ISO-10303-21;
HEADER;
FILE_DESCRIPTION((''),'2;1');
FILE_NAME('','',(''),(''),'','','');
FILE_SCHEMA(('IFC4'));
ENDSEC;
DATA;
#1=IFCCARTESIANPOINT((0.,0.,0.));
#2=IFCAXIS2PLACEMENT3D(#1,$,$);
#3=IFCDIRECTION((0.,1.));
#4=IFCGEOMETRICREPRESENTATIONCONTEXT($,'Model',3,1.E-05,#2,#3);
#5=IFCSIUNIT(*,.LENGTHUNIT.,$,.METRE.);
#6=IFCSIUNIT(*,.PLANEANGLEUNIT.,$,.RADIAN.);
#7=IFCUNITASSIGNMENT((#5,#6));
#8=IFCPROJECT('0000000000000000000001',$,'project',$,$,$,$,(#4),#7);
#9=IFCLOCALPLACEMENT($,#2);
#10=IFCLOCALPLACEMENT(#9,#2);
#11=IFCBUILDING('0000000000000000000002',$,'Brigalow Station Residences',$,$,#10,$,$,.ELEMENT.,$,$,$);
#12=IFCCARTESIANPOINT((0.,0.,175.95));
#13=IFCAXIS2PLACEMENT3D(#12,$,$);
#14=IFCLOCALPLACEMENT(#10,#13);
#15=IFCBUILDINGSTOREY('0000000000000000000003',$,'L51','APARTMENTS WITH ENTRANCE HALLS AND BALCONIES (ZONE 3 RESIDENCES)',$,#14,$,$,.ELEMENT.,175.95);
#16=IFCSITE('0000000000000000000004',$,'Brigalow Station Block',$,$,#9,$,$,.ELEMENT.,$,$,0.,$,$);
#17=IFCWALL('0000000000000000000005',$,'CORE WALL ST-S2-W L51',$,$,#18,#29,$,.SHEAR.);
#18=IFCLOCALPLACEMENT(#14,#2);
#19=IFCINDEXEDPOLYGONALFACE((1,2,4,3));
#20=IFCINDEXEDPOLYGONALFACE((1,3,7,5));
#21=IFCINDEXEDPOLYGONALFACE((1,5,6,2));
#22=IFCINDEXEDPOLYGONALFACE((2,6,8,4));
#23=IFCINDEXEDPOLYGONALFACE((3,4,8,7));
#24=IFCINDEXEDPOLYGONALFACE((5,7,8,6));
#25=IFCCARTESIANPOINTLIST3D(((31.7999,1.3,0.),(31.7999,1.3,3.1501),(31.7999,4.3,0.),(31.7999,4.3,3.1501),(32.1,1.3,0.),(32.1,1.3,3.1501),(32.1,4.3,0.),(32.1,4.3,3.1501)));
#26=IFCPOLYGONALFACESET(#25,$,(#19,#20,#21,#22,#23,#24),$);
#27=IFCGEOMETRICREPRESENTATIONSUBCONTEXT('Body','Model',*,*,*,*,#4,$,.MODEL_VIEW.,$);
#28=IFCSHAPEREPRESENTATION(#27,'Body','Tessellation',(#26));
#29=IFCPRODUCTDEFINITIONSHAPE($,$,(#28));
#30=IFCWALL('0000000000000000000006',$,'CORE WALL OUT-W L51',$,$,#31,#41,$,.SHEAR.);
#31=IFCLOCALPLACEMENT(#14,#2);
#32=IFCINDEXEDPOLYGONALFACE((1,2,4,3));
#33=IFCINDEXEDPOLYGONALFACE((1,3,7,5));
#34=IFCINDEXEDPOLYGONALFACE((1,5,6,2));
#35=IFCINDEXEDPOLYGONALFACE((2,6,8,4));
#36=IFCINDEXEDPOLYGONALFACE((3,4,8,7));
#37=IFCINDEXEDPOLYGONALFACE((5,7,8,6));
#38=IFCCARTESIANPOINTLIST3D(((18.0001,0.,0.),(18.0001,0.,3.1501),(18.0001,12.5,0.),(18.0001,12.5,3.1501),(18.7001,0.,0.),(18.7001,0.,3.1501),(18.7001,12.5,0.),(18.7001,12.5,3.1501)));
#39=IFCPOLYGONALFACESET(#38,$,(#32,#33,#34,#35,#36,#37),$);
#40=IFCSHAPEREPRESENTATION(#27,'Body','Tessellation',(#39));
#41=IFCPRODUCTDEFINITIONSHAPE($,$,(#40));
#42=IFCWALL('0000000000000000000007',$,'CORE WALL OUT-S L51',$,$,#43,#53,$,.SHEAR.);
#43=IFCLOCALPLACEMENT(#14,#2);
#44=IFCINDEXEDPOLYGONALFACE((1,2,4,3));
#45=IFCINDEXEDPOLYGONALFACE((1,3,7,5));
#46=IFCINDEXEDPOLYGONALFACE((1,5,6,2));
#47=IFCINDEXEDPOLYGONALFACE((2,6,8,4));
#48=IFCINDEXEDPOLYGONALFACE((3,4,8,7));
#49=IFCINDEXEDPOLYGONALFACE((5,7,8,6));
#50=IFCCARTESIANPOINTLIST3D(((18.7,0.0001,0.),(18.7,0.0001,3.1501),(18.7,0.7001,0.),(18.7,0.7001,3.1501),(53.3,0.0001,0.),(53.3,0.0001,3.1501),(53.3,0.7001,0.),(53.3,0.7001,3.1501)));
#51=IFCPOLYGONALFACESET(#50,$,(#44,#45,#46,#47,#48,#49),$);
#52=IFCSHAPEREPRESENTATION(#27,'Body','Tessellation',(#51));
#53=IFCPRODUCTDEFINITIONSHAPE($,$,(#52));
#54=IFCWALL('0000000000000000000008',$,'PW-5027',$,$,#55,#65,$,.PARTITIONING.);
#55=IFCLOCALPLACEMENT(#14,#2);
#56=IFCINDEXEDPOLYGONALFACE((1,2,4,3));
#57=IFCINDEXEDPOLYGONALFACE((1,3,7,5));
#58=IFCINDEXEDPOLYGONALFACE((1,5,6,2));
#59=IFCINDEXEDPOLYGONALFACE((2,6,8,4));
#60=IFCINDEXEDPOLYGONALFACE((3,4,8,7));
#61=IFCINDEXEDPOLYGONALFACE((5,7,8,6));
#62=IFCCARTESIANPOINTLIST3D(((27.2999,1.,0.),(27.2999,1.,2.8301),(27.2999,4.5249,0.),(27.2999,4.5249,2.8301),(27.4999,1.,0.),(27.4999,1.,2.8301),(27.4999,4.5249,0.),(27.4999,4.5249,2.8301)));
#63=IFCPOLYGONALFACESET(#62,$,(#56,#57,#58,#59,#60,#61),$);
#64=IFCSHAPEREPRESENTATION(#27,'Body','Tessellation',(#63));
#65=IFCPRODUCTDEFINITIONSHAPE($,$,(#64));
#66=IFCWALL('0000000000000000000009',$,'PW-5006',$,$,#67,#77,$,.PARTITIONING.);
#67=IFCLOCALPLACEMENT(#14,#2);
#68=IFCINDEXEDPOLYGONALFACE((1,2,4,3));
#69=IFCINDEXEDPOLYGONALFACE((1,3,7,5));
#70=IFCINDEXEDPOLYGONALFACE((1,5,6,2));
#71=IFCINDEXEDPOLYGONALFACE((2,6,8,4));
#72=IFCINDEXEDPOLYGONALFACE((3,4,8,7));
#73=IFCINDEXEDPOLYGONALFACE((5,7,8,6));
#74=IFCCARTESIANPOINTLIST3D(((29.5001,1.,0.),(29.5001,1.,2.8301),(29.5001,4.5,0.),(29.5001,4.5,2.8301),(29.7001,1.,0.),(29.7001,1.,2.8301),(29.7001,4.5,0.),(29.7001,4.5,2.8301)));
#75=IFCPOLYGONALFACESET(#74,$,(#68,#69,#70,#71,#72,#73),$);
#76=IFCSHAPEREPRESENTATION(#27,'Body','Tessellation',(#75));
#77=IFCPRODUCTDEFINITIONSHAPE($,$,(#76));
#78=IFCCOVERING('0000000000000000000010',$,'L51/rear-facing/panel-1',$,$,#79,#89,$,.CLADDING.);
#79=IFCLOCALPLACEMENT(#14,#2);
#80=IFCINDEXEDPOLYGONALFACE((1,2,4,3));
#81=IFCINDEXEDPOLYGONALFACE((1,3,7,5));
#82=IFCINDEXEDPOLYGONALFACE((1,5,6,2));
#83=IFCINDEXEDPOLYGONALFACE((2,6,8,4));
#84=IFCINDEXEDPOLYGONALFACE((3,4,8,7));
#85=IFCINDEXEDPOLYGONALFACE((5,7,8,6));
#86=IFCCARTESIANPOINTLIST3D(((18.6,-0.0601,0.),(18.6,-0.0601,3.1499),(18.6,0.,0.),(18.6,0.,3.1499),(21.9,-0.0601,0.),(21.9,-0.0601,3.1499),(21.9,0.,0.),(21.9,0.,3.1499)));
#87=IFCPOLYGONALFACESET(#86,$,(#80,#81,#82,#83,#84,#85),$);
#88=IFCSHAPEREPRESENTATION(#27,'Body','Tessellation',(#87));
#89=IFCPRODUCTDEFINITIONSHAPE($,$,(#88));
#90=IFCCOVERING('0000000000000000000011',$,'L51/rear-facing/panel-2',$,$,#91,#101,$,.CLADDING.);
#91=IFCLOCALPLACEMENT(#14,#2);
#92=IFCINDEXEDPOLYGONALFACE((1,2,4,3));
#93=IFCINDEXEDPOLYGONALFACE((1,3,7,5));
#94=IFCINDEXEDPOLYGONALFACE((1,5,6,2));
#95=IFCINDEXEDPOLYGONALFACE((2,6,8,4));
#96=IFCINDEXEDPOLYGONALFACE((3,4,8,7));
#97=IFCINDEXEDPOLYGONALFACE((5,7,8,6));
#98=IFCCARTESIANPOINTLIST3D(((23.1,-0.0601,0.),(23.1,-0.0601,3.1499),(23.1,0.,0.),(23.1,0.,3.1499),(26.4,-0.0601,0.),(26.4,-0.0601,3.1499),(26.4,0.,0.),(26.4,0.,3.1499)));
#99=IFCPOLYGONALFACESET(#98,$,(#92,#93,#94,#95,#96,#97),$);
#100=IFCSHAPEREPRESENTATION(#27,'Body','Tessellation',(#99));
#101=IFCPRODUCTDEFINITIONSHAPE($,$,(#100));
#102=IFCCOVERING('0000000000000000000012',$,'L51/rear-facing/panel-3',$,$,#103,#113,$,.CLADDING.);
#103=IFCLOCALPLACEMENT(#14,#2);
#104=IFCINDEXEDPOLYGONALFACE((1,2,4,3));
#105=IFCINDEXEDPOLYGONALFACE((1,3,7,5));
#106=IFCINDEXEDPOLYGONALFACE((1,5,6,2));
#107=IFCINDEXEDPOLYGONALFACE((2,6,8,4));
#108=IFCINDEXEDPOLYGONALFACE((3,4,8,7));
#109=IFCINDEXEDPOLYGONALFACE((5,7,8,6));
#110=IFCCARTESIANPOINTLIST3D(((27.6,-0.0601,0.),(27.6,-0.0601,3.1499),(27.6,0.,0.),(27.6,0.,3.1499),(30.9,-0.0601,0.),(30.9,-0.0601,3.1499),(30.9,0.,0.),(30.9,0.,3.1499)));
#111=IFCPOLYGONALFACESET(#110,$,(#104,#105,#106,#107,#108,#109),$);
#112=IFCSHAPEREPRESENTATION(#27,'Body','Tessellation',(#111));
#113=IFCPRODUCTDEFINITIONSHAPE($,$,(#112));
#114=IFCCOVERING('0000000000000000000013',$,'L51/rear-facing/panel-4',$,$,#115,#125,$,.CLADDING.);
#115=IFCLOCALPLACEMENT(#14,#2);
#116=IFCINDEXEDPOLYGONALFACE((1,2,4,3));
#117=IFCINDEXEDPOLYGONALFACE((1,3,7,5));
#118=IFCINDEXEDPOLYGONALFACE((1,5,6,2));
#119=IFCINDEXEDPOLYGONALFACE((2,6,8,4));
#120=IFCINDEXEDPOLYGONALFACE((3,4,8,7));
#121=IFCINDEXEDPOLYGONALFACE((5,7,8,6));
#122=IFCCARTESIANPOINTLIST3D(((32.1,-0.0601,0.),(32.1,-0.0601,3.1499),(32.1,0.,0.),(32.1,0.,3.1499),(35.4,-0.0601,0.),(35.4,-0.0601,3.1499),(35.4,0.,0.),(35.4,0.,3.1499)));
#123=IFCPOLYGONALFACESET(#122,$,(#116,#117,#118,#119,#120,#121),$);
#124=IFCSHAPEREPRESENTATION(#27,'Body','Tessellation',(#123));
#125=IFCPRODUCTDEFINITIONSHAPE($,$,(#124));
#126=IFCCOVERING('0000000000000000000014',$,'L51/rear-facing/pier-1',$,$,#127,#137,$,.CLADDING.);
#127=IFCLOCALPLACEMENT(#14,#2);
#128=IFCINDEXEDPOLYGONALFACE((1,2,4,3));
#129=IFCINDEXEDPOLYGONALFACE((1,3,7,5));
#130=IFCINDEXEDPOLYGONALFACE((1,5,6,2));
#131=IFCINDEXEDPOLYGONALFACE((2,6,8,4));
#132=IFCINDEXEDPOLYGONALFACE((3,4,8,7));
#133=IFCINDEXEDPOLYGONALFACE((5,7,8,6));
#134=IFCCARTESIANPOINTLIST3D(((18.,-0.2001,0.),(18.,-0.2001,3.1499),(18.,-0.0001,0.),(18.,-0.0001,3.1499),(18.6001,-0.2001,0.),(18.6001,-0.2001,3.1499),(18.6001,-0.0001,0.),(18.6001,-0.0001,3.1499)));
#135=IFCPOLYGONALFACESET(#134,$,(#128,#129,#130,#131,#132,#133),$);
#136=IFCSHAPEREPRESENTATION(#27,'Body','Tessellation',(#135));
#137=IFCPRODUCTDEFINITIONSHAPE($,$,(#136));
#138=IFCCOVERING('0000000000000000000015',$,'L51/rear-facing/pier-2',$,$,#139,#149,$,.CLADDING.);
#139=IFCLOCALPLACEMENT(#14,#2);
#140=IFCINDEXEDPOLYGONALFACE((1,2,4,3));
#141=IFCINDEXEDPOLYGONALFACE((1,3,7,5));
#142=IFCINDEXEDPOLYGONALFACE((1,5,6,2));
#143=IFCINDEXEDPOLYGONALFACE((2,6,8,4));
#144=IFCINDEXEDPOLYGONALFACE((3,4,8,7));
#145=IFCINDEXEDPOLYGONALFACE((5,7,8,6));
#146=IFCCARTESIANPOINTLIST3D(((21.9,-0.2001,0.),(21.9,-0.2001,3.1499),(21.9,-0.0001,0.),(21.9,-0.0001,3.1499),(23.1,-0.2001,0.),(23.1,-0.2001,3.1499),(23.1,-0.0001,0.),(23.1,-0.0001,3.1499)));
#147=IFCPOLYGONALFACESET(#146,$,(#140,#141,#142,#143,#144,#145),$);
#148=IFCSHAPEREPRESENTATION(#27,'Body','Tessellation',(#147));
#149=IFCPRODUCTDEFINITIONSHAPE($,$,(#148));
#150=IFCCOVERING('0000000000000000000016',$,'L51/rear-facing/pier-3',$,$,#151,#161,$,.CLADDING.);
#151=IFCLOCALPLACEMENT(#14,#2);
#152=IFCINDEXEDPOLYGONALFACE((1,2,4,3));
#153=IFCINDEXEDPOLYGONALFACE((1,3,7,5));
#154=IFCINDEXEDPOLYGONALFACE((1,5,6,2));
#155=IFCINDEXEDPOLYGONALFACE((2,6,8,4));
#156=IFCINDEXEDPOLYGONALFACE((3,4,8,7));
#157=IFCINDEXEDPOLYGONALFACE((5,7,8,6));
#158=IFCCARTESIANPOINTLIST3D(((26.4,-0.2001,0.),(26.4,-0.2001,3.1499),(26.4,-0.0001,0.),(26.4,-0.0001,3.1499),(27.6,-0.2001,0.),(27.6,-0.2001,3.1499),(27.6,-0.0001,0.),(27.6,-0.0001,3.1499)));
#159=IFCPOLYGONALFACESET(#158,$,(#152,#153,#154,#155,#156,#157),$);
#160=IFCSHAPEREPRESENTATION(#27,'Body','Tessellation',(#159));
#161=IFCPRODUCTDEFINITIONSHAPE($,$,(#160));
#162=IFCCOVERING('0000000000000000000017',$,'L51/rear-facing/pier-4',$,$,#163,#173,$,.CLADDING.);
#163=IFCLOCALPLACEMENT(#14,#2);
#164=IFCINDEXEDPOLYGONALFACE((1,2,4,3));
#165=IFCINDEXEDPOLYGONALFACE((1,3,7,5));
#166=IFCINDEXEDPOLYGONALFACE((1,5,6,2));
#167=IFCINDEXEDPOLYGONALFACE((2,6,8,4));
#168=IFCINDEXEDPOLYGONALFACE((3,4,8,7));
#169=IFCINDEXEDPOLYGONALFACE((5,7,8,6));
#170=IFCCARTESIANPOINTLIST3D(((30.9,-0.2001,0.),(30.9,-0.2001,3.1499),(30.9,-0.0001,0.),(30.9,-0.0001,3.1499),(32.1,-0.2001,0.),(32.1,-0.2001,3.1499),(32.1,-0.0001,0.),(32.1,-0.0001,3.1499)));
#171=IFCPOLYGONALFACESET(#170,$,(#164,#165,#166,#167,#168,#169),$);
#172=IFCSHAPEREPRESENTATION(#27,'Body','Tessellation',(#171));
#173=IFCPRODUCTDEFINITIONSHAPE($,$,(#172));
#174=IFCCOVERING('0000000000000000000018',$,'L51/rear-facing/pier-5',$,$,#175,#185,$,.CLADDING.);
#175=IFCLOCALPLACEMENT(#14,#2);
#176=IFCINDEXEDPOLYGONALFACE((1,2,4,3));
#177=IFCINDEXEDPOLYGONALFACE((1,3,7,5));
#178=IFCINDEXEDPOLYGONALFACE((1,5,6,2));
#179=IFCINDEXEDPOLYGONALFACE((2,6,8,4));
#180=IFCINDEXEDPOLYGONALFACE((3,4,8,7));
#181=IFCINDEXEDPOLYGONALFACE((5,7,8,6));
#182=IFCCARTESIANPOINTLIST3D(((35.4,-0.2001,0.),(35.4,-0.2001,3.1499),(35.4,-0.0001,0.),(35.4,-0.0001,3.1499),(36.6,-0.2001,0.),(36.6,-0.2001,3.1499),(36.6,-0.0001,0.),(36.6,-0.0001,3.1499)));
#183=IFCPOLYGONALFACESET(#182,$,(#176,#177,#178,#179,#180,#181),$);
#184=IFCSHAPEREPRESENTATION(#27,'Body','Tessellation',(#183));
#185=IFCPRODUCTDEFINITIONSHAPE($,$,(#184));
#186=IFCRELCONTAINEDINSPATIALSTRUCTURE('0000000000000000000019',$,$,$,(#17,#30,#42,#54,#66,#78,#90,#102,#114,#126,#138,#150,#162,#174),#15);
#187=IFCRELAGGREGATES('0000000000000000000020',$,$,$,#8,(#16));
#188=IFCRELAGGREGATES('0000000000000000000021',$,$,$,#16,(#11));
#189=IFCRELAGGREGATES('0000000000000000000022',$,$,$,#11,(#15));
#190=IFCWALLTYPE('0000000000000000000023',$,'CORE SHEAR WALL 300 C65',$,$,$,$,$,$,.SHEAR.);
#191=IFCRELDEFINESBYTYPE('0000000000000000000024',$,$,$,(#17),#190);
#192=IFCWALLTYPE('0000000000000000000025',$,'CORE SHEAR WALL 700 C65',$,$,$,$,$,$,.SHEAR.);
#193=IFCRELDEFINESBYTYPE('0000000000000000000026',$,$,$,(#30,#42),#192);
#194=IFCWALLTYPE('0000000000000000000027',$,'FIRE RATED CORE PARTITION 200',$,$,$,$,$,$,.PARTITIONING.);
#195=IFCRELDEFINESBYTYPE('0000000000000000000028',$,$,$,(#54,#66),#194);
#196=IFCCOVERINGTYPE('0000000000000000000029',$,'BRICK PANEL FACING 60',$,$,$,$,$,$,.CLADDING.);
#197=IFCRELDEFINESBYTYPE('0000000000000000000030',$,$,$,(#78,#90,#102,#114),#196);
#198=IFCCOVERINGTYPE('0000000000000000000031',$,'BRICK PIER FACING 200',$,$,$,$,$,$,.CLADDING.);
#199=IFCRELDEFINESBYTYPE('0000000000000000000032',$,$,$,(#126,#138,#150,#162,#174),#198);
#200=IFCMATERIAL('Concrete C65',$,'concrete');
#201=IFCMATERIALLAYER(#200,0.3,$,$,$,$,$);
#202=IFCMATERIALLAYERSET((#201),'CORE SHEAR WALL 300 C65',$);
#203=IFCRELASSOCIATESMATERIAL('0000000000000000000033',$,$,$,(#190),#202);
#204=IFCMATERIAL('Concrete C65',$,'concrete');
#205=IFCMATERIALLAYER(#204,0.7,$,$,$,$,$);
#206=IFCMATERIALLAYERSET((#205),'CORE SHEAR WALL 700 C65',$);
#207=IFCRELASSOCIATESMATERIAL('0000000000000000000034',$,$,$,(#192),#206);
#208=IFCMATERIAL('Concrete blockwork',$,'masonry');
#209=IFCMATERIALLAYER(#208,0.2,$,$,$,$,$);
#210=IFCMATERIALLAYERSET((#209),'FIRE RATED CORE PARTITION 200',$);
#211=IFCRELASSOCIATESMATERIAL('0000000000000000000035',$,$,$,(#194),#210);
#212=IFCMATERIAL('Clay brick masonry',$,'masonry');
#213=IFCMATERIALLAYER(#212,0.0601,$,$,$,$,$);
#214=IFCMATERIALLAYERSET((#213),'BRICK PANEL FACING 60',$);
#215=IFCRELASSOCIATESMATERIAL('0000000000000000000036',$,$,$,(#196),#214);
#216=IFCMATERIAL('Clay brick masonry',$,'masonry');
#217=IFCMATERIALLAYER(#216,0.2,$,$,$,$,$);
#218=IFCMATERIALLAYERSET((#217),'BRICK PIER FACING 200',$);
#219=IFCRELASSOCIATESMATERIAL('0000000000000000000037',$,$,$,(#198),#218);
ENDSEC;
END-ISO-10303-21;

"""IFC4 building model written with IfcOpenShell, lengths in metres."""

from ifc_helpers import new_model, si_unit, direction, frame, frame_2d, origin, origin_2d, place, context, subcontext, project, spatial, rectangle, extrude, material, layer, layer_set, type_object, element, save


model = new_model("IFC4")

# Units and contexts
model_context = context("Model", 3, precision=1e-05, world=origin(), true_north=direction((0.0, 1.0)))
body_context = subcontext(model_context, "Body", "Model", "MODEL_VIEW")
ifc_project = project(units=[si_unit("LENGTHUNIT", "METRE"), si_unit("PLANEANGLEUNIT", "RADIAN")], contexts=[model_context])

# Site, building, storey
site_placement = place(None, origin())
site = spatial("IfcSite", under=ifc_project, at=site_placement, Name="Brigalow Station Block", CompositionType="ELEMENT", RefElevation=0.0)
building_placement = place(site_placement, origin())
building = spatial("IfcBuilding", under=site, at=building_placement, Name="Brigalow Station Residences", CompositionType="ELEMENT")
storey_placement = place(building_placement, frame((0.0, 0.0, 175.95)))
storey = spatial("IfcBuildingStorey", under=building, at=storey_placement, Name="L51", Description="APARTMENTS WITH ENTRANCE HALLS AND BALCONIES (ZONE 3 RESIDENCES)", CompositionType="ELEMENT", Elevation=175.95)

# Shared definitions
ifc_material_1 = material(Name="Concrete C65", Category="concrete")
ifc_layer_1 = layer(ifc_material_1, 0.3)
ifc_layer_set_1 = layer_set([ifc_layer_1], Name="CORE SHEAR WALL 300 C65")
wall_type_1 = type_object("IfcWallType", Name="CORE SHEAR WALL 300 C65", PredefinedType="SHEAR", material=ifc_layer_set_1)

# Walls
wall_1_placement = place(storey_placement, frame((31.95, 1.3, 0.0), z_axis=(0.0, 0.0, 1.0), x_axis=(0.0, 1.0, 0.0)))
element("IfcWall", 1, at=wall_1_placement, inside=storey, type_object=wall_type_1, Name="CORE WALL ST-S2-W L51", PredefinedType="SHEAR", context=body_context, shape_type="SweptSolid", body=[
    extrude(rectangle(XDim=3.0, YDim=0.3, at=frame_2d((1.5, 0.0))), origin(), (0.0, 0.0, 1.0), 3.1501),
])
ifc_material_2 = material(Name="Concrete C65", Category="concrete")
ifc_layer_2 = layer(ifc_material_2, 0.7)
ifc_layer_set_2 = layer_set([ifc_layer_2], Name="CORE SHEAR WALL 700 C65")
wall_type_2 = type_object("IfcWallType", Name="CORE SHEAR WALL 700 C65", PredefinedType="SHEAR", material=ifc_layer_set_2)
wall_2_placement = place(storey_placement, frame((18.3501, 0.0, 0.0), z_axis=(0.0, 0.0, 1.0), x_axis=(0.0, 1.0, 0.0)))
element("IfcWall", 2, at=wall_2_placement, inside=storey, type_object=wall_type_2, Name="CORE WALL OUT-W L51", PredefinedType="SHEAR", context=body_context, shape_type="SweptSolid", body=[
    extrude(rectangle(XDim=12.5, YDim=0.7, at=frame_2d((6.25, 0.0))), origin(), (0.0, 0.0, 1.0), 3.1501),
])
wall_3_placement = place(storey_placement, frame((18.7, 0.3501, 0.0), z_axis=(0.0, 0.0, 1.0), x_axis=(1.0, 0.0, 0.0)))
element("IfcWall", 3, at=wall_3_placement, inside=storey, type_object=wall_type_2, Name="CORE WALL OUT-S L51", PredefinedType="SHEAR", context=body_context, shape_type="SweptSolid", body=[
    extrude(rectangle(XDim=34.6001, YDim=0.7, at=frame_2d((17.3, 0.0))), origin(), (0.0, 0.0, 1.0), 3.1501),
])
ifc_material_3 = material(Name="Concrete blockwork", Category="masonry")
ifc_layer_3 = layer(ifc_material_3, 0.2)
ifc_layer_set_3 = layer_set([ifc_layer_3], Name="FIRE RATED CORE PARTITION 200")
wall_type_3 = type_object("IfcWallType", Name="FIRE RATED CORE PARTITION 200", PredefinedType="PARTITIONING", material=ifc_layer_set_3)
wall_4_placement = place(storey_placement, frame((27.3999, 1.0, 0.0), z_axis=(0.0, 0.0, 1.0), x_axis=(0.0, 1.0, 0.0)))
element("IfcWall", 4, at=wall_4_placement, inside=storey, type_object=wall_type_3, Name="PW-5027", PredefinedType="PARTITIONING", context=body_context, shape_type="SweptSolid", body=[
    extrude(rectangle(XDim=3.5249, YDim=0.2, at=frame_2d((1.7625, 0.0))), origin(), (0.0, 0.0, 1.0), 2.8301),
])
wall_5_placement = place(storey_placement, frame((29.6001, 1.0, 0.0), z_axis=(0.0, 0.0, 1.0), x_axis=(0.0, 1.0, 0.0)))
element("IfcWall", 5, at=wall_5_placement, inside=storey, type_object=wall_type_3, Name="PW-5006", PredefinedType="PARTITIONING", context=body_context, shape_type="SweptSolid", body=[
    extrude(rectangle(XDim=3.5, YDim=0.2, at=frame_2d((1.75, 0.0))), origin(), (0.0, 0.0, 1.0), 2.8301),
])

# Coverings
ifc_material_4 = material(Name="Clay brick masonry", Category="masonry")
ifc_layer_4 = layer(ifc_material_4, 0.0601)
ifc_layer_set_4 = layer_set([ifc_layer_4], Name="BRICK PANEL FACING 60")
covering_type_1 = type_object("IfcCoveringType", Name="BRICK PANEL FACING 60", PredefinedType="CLADDING", material=ifc_layer_set_4)
for number, where, z_axis, x_axis, name in (
    (6, (20.25, -0.03, 0.0), (0.0, 0.0, 1.0), (1.0, 0.0, 0.0), "L51/rear-facing/panel-1"),
    (7, (24.75, -0.03, 0.0), (0.0, 0.0, 1.0), (1.0, 0.0, 0.0), "L51/rear-facing/panel-2"),
    (8, (29.25, -0.03, 0.0), (0.0, 0.0, 1.0), (1.0, 0.0, 0.0), "L51/rear-facing/panel-3"),
    (9, (33.75, -0.03, 0.0), (0.0, 0.0, 1.0), (1.0, 0.0, 0.0), "L51/rear-facing/panel-4"),
):
    element("IfcCovering", number, at=place(storey_placement, frame(where, z_axis=z_axis, x_axis=x_axis)), inside=storey, type_object=covering_type_1, Name=name, PredefinedType="CLADDING", context=body_context, shape_type="SweptSolid", body=[
        extrude(rectangle(XDim=3.3, YDim=0.0601, at=origin_2d()), origin(), (0.0, 0.0, 1.0), 3.1499),
    ])
ifc_material_5 = material(Name="Clay brick masonry", Category="masonry")
ifc_layer_5 = layer(ifc_material_5, 0.2)
ifc_layer_set_5 = layer_set([ifc_layer_5], Name="BRICK PIER FACING 200")
covering_type_2 = type_object("IfcCoveringType", Name="BRICK PIER FACING 200", PredefinedType="CLADDING", material=ifc_layer_set_5)
covering_placement = place(storey_placement, frame((18.3, -0.1001, 0.0), z_axis=(0.0, 0.0, 1.0), x_axis=(1.0, 0.0, 0.0)))
element("IfcCovering", 10, at=covering_placement, inside=storey, type_object=covering_type_2, Name="L51/rear-facing/pier-1", PredefinedType="CLADDING", context=body_context, shape_type="SweptSolid", body=[
    extrude(rectangle(XDim=0.6001, YDim=0.2, at=origin_2d()), origin(), (0.0, 0.0, 1.0), 3.1499),
])
for number, where, z_axis, x_axis, name in (
    (11, (22.5, -0.1001, 0.0), (0.0, 0.0, 1.0), (1.0, 0.0, 0.0), "L51/rear-facing/pier-2"),
    (12, (27.0, -0.1001, 0.0), (0.0, 0.0, 1.0), (1.0, 0.0, 0.0), "L51/rear-facing/pier-3"),
    (13, (31.5, -0.1001, 0.0), (0.0, 0.0, 1.0), (1.0, 0.0, 0.0), "L51/rear-facing/pier-4"),
    (14, (36.0, -0.1001, 0.0), (0.0, 0.0, 1.0), (1.0, 0.0, 0.0), "L51/rear-facing/pier-5"),
):
    element("IfcCovering", number, at=place(storey_placement, frame(where, z_axis=z_axis, x_axis=x_axis)), inside=storey, type_object=covering_type_2, Name=name, PredefinedType="CLADDING", context=body_context, shape_type="SweptSolid", body=[
        extrude(rectangle(XDim=1.2, YDim=0.2, at=origin_2d()), origin(), (0.0, 0.0, 1.0), 3.1499),
    ])

save(model, "model.ifc")
